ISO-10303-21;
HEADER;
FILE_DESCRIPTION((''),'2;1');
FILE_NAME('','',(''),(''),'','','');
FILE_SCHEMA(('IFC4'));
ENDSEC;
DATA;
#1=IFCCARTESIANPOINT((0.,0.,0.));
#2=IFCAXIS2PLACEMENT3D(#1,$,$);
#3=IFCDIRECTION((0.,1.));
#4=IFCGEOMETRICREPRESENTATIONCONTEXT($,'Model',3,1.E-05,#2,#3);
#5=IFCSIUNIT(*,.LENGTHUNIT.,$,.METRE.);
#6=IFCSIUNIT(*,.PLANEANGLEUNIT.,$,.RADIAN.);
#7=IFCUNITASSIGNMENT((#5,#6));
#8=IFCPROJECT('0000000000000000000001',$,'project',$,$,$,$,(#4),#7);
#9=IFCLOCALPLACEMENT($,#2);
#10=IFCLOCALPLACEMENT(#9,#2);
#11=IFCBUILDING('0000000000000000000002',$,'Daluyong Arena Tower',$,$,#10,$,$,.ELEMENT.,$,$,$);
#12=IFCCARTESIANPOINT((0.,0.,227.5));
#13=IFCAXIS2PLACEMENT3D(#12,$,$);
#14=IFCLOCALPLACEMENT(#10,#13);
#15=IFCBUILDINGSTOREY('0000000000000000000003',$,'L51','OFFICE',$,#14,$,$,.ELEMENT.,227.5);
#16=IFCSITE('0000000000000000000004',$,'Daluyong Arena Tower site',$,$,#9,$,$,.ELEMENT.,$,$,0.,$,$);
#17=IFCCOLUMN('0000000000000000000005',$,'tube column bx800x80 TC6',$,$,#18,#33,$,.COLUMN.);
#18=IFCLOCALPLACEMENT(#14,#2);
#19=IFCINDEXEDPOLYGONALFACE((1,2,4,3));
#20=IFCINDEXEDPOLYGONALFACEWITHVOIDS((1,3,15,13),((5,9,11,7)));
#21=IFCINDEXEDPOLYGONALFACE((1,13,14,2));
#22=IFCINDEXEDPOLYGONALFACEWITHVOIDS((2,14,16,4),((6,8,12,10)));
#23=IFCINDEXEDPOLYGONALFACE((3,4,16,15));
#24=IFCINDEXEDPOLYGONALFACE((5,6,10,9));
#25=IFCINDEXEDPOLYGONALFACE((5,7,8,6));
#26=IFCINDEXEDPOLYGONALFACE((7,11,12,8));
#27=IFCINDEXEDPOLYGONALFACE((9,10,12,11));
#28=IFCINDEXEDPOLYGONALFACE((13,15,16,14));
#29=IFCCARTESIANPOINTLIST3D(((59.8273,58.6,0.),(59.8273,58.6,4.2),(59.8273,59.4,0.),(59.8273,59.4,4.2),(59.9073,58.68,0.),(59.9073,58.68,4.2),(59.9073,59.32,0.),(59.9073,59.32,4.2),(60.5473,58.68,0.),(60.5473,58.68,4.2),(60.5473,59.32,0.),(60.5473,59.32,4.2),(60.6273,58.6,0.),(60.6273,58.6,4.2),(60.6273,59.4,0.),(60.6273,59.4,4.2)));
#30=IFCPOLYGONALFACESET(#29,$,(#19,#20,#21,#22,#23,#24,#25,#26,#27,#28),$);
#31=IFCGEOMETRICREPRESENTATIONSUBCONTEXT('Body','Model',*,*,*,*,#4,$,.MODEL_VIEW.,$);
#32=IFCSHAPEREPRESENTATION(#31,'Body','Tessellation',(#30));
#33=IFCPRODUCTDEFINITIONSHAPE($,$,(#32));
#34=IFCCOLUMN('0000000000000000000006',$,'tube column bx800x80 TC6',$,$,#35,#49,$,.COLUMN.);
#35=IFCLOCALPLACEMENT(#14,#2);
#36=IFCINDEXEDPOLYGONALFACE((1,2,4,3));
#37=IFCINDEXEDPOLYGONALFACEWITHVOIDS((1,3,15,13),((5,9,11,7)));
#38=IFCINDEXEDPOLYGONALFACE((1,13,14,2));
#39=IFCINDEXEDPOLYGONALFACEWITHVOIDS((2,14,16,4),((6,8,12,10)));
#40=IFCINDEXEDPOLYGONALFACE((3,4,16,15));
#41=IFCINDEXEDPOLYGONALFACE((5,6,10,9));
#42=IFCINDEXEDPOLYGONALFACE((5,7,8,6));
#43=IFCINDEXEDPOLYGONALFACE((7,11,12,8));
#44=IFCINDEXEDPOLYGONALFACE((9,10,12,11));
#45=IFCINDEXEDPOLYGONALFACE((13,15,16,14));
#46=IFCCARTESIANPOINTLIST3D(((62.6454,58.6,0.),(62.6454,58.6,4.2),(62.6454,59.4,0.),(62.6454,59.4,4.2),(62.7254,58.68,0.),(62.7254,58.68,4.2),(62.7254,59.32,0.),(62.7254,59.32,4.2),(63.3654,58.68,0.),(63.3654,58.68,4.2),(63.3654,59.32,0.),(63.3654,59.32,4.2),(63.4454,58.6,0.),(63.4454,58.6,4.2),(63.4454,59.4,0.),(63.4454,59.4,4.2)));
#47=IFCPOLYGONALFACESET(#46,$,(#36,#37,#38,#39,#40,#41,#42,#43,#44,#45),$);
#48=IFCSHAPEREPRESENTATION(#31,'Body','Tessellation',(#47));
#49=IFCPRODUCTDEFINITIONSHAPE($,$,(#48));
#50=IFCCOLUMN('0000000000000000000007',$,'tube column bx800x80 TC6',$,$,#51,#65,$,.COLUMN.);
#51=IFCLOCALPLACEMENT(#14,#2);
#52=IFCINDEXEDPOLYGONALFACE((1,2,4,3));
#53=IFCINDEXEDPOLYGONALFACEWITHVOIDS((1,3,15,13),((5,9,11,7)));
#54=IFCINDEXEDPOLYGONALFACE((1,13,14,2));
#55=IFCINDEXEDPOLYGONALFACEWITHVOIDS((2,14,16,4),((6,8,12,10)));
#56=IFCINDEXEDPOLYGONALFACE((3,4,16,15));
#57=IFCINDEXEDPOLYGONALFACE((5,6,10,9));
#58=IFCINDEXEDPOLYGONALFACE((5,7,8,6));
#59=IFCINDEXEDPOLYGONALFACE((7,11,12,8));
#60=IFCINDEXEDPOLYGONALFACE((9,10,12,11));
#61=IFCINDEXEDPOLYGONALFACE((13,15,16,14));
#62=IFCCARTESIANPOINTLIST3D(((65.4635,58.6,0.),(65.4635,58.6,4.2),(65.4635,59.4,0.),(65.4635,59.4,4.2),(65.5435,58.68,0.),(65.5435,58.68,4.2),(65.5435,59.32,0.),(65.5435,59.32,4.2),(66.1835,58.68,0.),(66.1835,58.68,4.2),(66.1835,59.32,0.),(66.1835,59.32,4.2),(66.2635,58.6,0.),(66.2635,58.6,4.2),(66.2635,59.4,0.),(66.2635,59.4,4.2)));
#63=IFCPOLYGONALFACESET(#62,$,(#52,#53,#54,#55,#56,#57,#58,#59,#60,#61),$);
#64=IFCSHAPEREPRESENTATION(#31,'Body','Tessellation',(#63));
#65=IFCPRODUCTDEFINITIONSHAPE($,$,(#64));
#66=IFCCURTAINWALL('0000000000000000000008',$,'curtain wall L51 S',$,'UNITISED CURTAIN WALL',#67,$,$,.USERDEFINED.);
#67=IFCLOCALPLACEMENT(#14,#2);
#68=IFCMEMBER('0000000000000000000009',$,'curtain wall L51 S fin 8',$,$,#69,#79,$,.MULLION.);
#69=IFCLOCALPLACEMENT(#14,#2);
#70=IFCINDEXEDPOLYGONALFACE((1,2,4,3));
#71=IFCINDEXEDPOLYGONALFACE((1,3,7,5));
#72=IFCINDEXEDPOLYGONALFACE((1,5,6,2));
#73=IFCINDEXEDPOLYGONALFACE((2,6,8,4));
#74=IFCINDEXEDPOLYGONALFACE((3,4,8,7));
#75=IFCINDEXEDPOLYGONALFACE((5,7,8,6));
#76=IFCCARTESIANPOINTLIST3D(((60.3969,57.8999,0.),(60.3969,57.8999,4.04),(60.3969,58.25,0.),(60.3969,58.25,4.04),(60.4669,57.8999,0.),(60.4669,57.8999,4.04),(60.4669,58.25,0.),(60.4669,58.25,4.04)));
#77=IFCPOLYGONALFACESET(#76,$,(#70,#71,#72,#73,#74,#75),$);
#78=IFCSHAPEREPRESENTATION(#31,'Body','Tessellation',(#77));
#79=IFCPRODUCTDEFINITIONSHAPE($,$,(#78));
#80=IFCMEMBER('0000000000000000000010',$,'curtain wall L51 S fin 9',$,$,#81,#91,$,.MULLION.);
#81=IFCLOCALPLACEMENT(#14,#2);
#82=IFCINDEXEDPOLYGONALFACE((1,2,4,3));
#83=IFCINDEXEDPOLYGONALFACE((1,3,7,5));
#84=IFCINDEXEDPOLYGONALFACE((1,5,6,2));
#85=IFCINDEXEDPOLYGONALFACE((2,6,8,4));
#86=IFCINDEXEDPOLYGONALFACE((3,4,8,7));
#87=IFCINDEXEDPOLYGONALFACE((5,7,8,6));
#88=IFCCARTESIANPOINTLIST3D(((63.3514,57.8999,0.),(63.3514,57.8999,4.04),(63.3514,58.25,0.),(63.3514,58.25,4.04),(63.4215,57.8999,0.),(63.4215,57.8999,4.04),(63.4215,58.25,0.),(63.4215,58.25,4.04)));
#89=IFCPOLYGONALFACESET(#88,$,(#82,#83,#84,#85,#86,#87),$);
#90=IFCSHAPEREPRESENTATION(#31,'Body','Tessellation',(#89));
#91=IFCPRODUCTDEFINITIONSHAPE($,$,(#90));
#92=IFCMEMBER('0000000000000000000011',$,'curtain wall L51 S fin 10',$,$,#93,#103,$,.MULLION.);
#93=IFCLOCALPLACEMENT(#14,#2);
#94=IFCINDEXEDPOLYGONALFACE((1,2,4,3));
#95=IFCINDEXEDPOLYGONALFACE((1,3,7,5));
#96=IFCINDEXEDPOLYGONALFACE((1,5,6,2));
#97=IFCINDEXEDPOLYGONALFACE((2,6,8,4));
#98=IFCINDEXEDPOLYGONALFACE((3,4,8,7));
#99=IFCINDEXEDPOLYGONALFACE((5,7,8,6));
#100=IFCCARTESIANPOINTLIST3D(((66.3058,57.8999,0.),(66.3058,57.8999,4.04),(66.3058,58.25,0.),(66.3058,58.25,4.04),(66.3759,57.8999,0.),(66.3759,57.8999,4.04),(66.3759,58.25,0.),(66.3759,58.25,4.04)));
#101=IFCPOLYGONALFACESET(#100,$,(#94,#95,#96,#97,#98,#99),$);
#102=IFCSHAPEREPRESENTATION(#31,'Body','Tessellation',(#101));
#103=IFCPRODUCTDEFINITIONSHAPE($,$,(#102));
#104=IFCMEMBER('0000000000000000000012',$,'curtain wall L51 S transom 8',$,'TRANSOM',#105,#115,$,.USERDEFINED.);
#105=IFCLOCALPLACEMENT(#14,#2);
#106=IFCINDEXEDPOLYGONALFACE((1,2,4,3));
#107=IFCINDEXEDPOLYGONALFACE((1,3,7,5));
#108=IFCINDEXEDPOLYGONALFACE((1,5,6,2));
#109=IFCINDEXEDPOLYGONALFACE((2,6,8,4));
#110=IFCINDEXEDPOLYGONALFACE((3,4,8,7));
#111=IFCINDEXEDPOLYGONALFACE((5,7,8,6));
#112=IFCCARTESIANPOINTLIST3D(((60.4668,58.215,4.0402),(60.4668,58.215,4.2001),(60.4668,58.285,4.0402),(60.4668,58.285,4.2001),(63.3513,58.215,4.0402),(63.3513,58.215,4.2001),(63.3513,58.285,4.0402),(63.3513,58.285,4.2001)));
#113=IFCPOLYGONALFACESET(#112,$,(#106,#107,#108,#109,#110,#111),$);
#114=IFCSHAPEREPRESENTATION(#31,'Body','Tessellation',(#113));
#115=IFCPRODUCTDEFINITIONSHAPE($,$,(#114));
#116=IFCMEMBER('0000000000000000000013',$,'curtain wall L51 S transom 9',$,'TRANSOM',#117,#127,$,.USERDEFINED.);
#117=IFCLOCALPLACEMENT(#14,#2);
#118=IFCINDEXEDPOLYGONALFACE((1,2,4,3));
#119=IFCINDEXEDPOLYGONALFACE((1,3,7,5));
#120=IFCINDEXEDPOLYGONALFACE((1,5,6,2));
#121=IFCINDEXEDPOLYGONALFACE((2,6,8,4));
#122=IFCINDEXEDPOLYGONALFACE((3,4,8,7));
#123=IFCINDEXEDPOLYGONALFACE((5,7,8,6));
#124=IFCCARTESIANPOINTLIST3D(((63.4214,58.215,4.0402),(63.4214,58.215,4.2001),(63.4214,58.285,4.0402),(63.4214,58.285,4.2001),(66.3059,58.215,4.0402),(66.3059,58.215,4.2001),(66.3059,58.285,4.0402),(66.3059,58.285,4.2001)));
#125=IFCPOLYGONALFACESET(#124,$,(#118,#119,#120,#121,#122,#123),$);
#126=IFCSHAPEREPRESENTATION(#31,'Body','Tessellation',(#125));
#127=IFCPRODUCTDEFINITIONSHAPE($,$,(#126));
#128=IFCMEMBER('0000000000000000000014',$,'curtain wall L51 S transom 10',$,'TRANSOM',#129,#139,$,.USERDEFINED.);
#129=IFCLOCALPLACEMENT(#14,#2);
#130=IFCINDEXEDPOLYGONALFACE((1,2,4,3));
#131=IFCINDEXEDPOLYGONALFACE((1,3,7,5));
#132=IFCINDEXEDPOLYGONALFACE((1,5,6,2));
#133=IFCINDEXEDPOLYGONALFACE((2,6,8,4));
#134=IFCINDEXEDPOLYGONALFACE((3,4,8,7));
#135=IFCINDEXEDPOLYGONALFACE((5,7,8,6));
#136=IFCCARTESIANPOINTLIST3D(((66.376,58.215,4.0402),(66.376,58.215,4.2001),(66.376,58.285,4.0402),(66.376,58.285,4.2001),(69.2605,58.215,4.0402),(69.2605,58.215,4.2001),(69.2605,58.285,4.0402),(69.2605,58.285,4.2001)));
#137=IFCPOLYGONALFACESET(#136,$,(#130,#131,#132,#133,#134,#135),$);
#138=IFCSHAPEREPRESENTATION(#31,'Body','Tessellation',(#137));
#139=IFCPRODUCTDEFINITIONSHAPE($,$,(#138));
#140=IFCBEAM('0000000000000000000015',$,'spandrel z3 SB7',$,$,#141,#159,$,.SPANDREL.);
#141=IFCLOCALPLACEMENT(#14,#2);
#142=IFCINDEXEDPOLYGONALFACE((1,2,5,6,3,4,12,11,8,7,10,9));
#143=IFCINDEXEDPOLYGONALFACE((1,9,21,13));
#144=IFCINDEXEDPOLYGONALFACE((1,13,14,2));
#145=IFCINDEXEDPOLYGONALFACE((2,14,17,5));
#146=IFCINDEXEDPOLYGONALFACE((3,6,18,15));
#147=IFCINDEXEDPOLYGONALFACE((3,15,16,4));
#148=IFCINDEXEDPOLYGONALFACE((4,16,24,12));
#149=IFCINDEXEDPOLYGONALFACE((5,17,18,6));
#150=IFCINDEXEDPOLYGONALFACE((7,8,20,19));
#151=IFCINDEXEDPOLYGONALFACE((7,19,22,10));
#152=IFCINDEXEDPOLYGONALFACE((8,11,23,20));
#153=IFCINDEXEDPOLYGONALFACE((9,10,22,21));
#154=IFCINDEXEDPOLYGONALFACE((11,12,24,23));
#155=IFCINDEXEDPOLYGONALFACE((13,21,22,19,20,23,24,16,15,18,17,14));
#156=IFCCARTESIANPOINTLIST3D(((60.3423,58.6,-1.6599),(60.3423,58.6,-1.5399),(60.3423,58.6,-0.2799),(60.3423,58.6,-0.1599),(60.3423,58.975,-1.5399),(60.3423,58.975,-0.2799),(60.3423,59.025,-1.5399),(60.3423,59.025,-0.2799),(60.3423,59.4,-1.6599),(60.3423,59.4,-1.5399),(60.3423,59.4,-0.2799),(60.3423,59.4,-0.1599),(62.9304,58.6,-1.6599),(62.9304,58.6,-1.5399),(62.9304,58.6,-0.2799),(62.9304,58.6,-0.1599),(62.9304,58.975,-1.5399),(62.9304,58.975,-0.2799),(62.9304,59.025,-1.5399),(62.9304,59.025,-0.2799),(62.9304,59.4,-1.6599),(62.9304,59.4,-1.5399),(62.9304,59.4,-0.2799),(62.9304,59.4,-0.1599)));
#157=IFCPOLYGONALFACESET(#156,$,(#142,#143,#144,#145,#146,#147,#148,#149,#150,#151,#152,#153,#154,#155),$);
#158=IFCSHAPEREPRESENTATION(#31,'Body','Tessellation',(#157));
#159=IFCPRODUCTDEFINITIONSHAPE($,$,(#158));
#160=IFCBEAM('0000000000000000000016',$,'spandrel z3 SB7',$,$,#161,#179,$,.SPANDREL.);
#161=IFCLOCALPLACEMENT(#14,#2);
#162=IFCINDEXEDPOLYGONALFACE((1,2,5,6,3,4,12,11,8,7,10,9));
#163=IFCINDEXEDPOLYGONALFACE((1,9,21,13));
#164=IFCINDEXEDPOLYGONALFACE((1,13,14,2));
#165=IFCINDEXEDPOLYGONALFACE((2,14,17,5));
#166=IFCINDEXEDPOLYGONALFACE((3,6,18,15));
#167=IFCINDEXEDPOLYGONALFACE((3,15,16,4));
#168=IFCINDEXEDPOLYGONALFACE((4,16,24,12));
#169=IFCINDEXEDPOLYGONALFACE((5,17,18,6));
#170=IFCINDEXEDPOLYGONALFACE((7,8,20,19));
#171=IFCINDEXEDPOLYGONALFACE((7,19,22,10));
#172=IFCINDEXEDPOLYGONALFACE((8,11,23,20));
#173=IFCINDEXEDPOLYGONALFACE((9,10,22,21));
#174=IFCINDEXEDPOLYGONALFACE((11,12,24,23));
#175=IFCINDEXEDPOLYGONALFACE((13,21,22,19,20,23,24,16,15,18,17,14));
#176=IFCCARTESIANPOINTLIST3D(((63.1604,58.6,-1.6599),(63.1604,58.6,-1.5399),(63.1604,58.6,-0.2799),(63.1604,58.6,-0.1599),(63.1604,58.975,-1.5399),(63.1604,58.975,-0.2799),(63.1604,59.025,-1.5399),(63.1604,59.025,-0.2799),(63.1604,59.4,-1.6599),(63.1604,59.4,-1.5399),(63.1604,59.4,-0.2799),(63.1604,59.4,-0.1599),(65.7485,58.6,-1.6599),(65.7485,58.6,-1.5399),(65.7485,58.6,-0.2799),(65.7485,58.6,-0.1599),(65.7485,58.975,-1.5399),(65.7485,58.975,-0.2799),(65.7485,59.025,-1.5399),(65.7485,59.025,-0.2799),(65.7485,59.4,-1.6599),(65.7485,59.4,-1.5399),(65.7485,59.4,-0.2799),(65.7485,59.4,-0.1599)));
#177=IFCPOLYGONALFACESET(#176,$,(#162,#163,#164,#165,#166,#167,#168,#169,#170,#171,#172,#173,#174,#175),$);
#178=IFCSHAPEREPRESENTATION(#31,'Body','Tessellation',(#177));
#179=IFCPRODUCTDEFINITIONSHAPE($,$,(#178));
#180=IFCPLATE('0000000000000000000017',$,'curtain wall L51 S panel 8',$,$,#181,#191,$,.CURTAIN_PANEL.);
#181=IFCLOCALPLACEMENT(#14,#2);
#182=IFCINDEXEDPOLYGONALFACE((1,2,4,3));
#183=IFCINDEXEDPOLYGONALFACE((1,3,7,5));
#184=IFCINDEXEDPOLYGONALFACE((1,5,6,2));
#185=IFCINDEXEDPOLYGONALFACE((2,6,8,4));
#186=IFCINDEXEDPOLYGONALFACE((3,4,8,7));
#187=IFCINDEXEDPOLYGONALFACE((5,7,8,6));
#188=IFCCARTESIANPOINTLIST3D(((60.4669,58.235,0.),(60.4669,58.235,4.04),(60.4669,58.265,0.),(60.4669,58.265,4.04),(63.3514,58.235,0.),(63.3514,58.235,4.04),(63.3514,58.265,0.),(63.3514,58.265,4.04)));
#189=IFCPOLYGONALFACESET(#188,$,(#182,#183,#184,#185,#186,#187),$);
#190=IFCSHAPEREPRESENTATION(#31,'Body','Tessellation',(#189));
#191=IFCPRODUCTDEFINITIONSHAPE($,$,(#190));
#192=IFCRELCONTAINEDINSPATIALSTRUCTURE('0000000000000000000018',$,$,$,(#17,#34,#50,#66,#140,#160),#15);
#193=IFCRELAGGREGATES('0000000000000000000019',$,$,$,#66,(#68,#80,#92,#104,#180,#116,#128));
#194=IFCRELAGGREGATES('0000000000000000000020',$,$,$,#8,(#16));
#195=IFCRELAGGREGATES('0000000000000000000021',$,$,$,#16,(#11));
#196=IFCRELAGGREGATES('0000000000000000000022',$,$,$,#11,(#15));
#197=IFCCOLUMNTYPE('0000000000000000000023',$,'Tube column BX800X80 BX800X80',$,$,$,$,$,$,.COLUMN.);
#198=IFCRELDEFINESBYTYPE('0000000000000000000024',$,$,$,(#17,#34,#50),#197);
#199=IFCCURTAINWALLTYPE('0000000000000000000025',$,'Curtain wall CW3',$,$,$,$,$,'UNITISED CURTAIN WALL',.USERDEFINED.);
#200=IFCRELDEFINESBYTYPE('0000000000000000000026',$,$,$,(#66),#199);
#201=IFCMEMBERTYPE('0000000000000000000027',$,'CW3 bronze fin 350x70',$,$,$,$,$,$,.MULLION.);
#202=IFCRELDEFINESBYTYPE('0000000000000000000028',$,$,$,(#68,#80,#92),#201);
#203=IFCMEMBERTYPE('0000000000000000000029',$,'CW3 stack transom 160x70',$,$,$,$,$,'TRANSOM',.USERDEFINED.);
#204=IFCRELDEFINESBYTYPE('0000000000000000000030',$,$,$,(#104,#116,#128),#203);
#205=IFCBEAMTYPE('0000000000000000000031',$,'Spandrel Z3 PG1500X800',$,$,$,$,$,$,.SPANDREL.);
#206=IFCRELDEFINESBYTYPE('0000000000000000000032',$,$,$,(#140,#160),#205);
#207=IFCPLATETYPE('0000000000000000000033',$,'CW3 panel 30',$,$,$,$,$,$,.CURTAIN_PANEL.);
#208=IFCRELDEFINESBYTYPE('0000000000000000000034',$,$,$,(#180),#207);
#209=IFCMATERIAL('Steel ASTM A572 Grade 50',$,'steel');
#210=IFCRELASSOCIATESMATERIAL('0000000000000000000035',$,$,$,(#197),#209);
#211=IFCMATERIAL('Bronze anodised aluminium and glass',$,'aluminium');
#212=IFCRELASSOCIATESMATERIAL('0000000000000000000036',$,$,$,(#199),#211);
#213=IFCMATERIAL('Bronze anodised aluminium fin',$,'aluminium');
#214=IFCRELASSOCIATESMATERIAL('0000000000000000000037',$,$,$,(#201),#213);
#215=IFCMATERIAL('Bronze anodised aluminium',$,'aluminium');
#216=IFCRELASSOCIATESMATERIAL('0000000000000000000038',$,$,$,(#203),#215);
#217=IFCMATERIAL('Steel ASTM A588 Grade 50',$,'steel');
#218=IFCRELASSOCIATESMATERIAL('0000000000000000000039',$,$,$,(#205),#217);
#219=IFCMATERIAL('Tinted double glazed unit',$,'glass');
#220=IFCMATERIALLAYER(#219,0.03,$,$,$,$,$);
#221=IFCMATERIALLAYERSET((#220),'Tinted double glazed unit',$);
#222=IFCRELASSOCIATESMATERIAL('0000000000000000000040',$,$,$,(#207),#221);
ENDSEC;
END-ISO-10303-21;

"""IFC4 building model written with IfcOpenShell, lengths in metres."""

from ifc_helpers import new_model, si_unit, direction, frame, origin, origin_2d, place, context, subcontext, project, spatial, rectangle, hollow_rectangle, i_section, extrude, material, layer, layer_set, material_profile, profile_set, type_object, element, aggregate, save


model = new_model("IFC4")

# Units and contexts
model_context = context("Model", 3, precision=1e-05, world=origin(), true_north=direction((0.0, 1.0)))
body_context = subcontext(model_context, "Body", "Model", "MODEL_VIEW")
ifc_project = project(units=[si_unit("LENGTHUNIT", "METRE"), si_unit("PLANEANGLEUNIT", "RADIAN")], contexts=[model_context])

# Site, building, storey
site_placement = place(None, origin())
site = spatial("IfcSite", under=ifc_project, at=site_placement, Name="Daluyong Arena Tower site", CompositionType="ELEMENT", RefElevation=0.0)
building_placement = place(site_placement, origin())
building = spatial("IfcBuilding", under=site, at=building_placement, Name="Daluyong Arena Tower", CompositionType="ELEMENT")
storey_placement = place(building_placement, frame((0.0, 0.0, 227.5)))
storey = spatial("IfcBuildingStorey", under=building, at=storey_placement, Name="L51", Description="OFFICE", CompositionType="ELEMENT", Elevation=227.5)

# Columns
ifc_material_1 = material(Name="Steel ASTM A572 Grade 50", Category="steel")
ifc_material_profile_1 = material_profile(ifc_material_1, hollow_rectangle(XDim=0.8, YDim=0.8, WallThickness=0.08, at=origin_2d()))
ifc_profile_set_1 = profile_set([ifc_material_profile_1], Name="Steel ASTM A572 Grade 50")
column_type = type_object("IfcColumnType", Name="Tube column BX800X80 BX800X80", PredefinedType="COLUMN", material=ifc_profile_set_1)
for number, where, z_axis, x_axis, name in (
    (1, (60.2273, 59.0, 0.0), (0.0, 0.0, 1.0), (1.0, 0.0, 0.0), "tube column bx800x80 TC6"),
    (2, (63.0454, 59.0, 0.0), (0.0, 0.0, 1.0), (1.0, 0.0, 0.0), "tube column bx800x80 TC6"),
    (3, (65.8635, 59.0, 0.0), (0.0, 0.0, 1.0), (1.0, 0.0, 0.0), "tube column bx800x80 TC6"),
):
    element("IfcColumn", number, at=place(storey_placement, frame(where, z_axis=z_axis, x_axis=x_axis)), inside=storey, type_object=column_type, Name=name, PredefinedType="COLUMN", context=body_context, shape_type="SweptSolid", body=[
        extrude(hollow_rectangle(XDim=0.8, YDim=0.8, WallThickness=0.08, at=origin_2d()), origin(), (0.0, 0.0, 1.0), 4.2),
    ])

# Curtain wall, members
ifc_material_2 = material(Name="Bronze anodised aluminium and glass", Category="aluminium")
curtain_wall_type = type_object("IfcCurtainWallType", Name="Curtain wall CW3", ElementType="UNITISED CURTAIN WALL", PredefinedType="USERDEFINED", material=ifc_material_2)
curtain_wall_placement = place(storey_placement, origin())
curtain_wall = element("IfcCurtainWall", 4, at=curtain_wall_placement, inside=storey, type_object=curtain_wall_type, Name="curtain wall L51 S", ObjectType="UNITISED CURTAIN WALL", PredefinedType="USERDEFINED")
ifc_material_3 = material(Name="Bronze anodised aluminium fin", Category="aluminium")
ifc_material_profile_2 = material_profile(ifc_material_3, rectangle(XDim=0.3501, YDim=0.0701, at=origin_2d()))
ifc_profile_set_2 = profile_set([ifc_material_profile_2], Name="Bronze anodised aluminium fin")
member_type_1 = type_object("IfcMemberType", Name="CW3 bronze fin 350x70", PredefinedType="MULLION", material=ifc_profile_set_2)
member_1_placement = place(storey_placement, frame((60.4319, 58.075, 0.0), z_axis=(0.0, 0.0, 1.0), x_axis=(0.0, 1.0, 0.0)))
member_1 = element("IfcMember", 5, at=member_1_placement, type_object=member_type_1, Name="curtain wall L51 S fin 8", PredefinedType="MULLION", context=body_context, shape_type="SweptSolid", body=[
    extrude(rectangle(XDim=0.3501, YDim=0.0701, at=origin_2d()), origin(), (0.0, 0.0, 1.0), 4.04),
])
member_2_placement = place(storey_placement, frame((63.3865, 58.075, 0.0), z_axis=(0.0, 0.0, 1.0), x_axis=(0.0, 1.0, 0.0)))
member_2 = element("IfcMember", 6, at=member_2_placement, type_object=member_type_1, Name="curtain wall L51 S fin 9", PredefinedType="MULLION", context=body_context, shape_type="SweptSolid", body=[
    extrude(rectangle(XDim=0.3501, YDim=0.0701, at=origin_2d()), origin(), (0.0, 0.0, 1.0), 4.04),
])
member_3_placement = place(storey_placement, frame((66.3408, 58.075, 0.0), z_axis=(0.0, 0.0, 1.0), x_axis=(0.0, 1.0, 0.0)))
member_3 = element("IfcMember", 7, at=member_3_placement, type_object=member_type_1, Name="curtain wall L51 S fin 10", PredefinedType="MULLION", context=body_context, shape_type="SweptSolid", body=[
    extrude(rectangle(XDim=0.3501, YDim=0.0701, at=origin_2d()), origin(), (0.0, 0.0, 1.0), 4.04),
])
ifc_material_4 = material(Name="Bronze anodised aluminium", Category="aluminium")
ifc_material_profile_3 = material_profile(ifc_material_4, rectangle(XDim=0.0701, YDim=0.1599, at=origin_2d()))
ifc_profile_set_3 = profile_set([ifc_material_profile_3], Name="Bronze anodised aluminium")
member_type_2 = type_object("IfcMemberType", Name="CW3 stack transom 160x70", ElementType="TRANSOM", PredefinedType="USERDEFINED", material=ifc_profile_set_3)
member_4_placement = place(storey_placement, frame((60.4668, 58.25, 4.1201), z_axis=(1.0, 0.0, 0.0), x_axis=(0.0, 1.0, 0.0)))
member_4 = element("IfcMember", 8, at=member_4_placement, type_object=member_type_2, Name="curtain wall L51 S transom 8", ObjectType="TRANSOM", PredefinedType="USERDEFINED", context=body_context, shape_type="SweptSolid", body=[
    extrude(rectangle(XDim=0.0701, YDim=0.1599, at=origin_2d()), origin(), (0.0, 0.0, 1.0), 2.8845),
])
member_5_placement = place(storey_placement, frame((63.4214, 58.25, 4.1201), z_axis=(1.0, 0.0, 0.0), x_axis=(0.0, 1.0, 0.0)))
member_5 = element("IfcMember", 9, at=member_5_placement, type_object=member_type_2, Name="curtain wall L51 S transom 9", ObjectType="TRANSOM", PredefinedType="USERDEFINED", context=body_context, shape_type="SweptSolid", body=[
    extrude(rectangle(XDim=0.0701, YDim=0.1599, at=origin_2d()), origin(), (0.0, 0.0, 1.0), 2.8845),
])
member_6_placement = place(storey_placement, frame((66.376, 58.25, 4.1201), z_axis=(1.0, 0.0, 0.0), x_axis=(0.0, 1.0, 0.0)))
member_6 = element("IfcMember", 10, at=member_6_placement, type_object=member_type_2, Name="curtain wall L51 S transom 10", ObjectType="TRANSOM", PredefinedType="USERDEFINED", context=body_context, shape_type="SweptSolid", body=[
    extrude(rectangle(XDim=0.0701, YDim=0.1599, at=origin_2d()), origin(), (0.0, 0.0, 1.0), 2.8845),
])

# Beams
ifc_material_5 = material(Name="Steel ASTM A588 Grade 50", Category="steel")
ifc_material_profile_4 = material_profile(ifc_material_5, i_section(OverallWidth=0.8, OverallDepth=1.5, WebThickness=0.05, FlangeThickness=0.12, at=origin_2d()))
ifc_profile_set_4 = profile_set([ifc_material_profile_4], Name="Steel ASTM A588 Grade 50")
beam_type = type_object("IfcBeamType", Name="Spandrel Z3 PG1500X800", PredefinedType="SPANDREL", material=ifc_profile_set_4)
for number, where, z_axis, x_axis, name in (
    (11, (60.3423, 59.0, -0.9099), (1.0, 0.0, 0.0), (0.0, 1.0, 0.0), "spandrel z3 SB7"),
    (12, (63.1604, 59.0, -0.9099), (1.0, 0.0, 0.0), (0.0, 1.0, 0.0), "spandrel z3 SB7"),
):
    element("IfcBeam", number, at=place(storey_placement, frame(where, z_axis=z_axis, x_axis=x_axis)), inside=storey, type_object=beam_type, Name=name, PredefinedType="SPANDREL", context=body_context, shape_type="SweptSolid", body=[
        extrude(i_section(OverallWidth=0.8, OverallDepth=1.5, WebThickness=0.05, FlangeThickness=0.12, at=origin_2d()), origin(), (0.0, 0.0, 1.0), 2.5881),
    ])

# Plate
ifc_material_6 = material(Name="Tinted double glazed unit", Category="glass")
ifc_layer = layer(ifc_material_6, 0.03)
ifc_layer_set = layer_set([ifc_layer], Name="Tinted double glazed unit")
plate_type = type_object("IfcPlateType", Name="CW3 panel 30", PredefinedType="CURTAIN_PANEL", material=ifc_layer_set)
plate_1_placement = place(storey_placement, frame((61.9092, 58.25, 0.0), z_axis=(0.0, 0.0, 1.0), x_axis=(1.0, 0.0, 0.0)))
plate_1 = element("IfcPlate", 13, at=plate_1_placement, type_object=plate_type, Name="curtain wall L51 S panel 8", PredefinedType="CURTAIN_PANEL", context=body_context, shape_type="SweptSolid", body=[
    extrude(rectangle(XDim=2.8845, YDim=0.03, at=origin_2d()), origin(), (0.0, 0.0, 1.0), 4.04),
])
aggregate(curtain_wall, [member_1, member_2, member_3, member_4, plate_1, member_5, member_6])

save(model, "model.ifc")
